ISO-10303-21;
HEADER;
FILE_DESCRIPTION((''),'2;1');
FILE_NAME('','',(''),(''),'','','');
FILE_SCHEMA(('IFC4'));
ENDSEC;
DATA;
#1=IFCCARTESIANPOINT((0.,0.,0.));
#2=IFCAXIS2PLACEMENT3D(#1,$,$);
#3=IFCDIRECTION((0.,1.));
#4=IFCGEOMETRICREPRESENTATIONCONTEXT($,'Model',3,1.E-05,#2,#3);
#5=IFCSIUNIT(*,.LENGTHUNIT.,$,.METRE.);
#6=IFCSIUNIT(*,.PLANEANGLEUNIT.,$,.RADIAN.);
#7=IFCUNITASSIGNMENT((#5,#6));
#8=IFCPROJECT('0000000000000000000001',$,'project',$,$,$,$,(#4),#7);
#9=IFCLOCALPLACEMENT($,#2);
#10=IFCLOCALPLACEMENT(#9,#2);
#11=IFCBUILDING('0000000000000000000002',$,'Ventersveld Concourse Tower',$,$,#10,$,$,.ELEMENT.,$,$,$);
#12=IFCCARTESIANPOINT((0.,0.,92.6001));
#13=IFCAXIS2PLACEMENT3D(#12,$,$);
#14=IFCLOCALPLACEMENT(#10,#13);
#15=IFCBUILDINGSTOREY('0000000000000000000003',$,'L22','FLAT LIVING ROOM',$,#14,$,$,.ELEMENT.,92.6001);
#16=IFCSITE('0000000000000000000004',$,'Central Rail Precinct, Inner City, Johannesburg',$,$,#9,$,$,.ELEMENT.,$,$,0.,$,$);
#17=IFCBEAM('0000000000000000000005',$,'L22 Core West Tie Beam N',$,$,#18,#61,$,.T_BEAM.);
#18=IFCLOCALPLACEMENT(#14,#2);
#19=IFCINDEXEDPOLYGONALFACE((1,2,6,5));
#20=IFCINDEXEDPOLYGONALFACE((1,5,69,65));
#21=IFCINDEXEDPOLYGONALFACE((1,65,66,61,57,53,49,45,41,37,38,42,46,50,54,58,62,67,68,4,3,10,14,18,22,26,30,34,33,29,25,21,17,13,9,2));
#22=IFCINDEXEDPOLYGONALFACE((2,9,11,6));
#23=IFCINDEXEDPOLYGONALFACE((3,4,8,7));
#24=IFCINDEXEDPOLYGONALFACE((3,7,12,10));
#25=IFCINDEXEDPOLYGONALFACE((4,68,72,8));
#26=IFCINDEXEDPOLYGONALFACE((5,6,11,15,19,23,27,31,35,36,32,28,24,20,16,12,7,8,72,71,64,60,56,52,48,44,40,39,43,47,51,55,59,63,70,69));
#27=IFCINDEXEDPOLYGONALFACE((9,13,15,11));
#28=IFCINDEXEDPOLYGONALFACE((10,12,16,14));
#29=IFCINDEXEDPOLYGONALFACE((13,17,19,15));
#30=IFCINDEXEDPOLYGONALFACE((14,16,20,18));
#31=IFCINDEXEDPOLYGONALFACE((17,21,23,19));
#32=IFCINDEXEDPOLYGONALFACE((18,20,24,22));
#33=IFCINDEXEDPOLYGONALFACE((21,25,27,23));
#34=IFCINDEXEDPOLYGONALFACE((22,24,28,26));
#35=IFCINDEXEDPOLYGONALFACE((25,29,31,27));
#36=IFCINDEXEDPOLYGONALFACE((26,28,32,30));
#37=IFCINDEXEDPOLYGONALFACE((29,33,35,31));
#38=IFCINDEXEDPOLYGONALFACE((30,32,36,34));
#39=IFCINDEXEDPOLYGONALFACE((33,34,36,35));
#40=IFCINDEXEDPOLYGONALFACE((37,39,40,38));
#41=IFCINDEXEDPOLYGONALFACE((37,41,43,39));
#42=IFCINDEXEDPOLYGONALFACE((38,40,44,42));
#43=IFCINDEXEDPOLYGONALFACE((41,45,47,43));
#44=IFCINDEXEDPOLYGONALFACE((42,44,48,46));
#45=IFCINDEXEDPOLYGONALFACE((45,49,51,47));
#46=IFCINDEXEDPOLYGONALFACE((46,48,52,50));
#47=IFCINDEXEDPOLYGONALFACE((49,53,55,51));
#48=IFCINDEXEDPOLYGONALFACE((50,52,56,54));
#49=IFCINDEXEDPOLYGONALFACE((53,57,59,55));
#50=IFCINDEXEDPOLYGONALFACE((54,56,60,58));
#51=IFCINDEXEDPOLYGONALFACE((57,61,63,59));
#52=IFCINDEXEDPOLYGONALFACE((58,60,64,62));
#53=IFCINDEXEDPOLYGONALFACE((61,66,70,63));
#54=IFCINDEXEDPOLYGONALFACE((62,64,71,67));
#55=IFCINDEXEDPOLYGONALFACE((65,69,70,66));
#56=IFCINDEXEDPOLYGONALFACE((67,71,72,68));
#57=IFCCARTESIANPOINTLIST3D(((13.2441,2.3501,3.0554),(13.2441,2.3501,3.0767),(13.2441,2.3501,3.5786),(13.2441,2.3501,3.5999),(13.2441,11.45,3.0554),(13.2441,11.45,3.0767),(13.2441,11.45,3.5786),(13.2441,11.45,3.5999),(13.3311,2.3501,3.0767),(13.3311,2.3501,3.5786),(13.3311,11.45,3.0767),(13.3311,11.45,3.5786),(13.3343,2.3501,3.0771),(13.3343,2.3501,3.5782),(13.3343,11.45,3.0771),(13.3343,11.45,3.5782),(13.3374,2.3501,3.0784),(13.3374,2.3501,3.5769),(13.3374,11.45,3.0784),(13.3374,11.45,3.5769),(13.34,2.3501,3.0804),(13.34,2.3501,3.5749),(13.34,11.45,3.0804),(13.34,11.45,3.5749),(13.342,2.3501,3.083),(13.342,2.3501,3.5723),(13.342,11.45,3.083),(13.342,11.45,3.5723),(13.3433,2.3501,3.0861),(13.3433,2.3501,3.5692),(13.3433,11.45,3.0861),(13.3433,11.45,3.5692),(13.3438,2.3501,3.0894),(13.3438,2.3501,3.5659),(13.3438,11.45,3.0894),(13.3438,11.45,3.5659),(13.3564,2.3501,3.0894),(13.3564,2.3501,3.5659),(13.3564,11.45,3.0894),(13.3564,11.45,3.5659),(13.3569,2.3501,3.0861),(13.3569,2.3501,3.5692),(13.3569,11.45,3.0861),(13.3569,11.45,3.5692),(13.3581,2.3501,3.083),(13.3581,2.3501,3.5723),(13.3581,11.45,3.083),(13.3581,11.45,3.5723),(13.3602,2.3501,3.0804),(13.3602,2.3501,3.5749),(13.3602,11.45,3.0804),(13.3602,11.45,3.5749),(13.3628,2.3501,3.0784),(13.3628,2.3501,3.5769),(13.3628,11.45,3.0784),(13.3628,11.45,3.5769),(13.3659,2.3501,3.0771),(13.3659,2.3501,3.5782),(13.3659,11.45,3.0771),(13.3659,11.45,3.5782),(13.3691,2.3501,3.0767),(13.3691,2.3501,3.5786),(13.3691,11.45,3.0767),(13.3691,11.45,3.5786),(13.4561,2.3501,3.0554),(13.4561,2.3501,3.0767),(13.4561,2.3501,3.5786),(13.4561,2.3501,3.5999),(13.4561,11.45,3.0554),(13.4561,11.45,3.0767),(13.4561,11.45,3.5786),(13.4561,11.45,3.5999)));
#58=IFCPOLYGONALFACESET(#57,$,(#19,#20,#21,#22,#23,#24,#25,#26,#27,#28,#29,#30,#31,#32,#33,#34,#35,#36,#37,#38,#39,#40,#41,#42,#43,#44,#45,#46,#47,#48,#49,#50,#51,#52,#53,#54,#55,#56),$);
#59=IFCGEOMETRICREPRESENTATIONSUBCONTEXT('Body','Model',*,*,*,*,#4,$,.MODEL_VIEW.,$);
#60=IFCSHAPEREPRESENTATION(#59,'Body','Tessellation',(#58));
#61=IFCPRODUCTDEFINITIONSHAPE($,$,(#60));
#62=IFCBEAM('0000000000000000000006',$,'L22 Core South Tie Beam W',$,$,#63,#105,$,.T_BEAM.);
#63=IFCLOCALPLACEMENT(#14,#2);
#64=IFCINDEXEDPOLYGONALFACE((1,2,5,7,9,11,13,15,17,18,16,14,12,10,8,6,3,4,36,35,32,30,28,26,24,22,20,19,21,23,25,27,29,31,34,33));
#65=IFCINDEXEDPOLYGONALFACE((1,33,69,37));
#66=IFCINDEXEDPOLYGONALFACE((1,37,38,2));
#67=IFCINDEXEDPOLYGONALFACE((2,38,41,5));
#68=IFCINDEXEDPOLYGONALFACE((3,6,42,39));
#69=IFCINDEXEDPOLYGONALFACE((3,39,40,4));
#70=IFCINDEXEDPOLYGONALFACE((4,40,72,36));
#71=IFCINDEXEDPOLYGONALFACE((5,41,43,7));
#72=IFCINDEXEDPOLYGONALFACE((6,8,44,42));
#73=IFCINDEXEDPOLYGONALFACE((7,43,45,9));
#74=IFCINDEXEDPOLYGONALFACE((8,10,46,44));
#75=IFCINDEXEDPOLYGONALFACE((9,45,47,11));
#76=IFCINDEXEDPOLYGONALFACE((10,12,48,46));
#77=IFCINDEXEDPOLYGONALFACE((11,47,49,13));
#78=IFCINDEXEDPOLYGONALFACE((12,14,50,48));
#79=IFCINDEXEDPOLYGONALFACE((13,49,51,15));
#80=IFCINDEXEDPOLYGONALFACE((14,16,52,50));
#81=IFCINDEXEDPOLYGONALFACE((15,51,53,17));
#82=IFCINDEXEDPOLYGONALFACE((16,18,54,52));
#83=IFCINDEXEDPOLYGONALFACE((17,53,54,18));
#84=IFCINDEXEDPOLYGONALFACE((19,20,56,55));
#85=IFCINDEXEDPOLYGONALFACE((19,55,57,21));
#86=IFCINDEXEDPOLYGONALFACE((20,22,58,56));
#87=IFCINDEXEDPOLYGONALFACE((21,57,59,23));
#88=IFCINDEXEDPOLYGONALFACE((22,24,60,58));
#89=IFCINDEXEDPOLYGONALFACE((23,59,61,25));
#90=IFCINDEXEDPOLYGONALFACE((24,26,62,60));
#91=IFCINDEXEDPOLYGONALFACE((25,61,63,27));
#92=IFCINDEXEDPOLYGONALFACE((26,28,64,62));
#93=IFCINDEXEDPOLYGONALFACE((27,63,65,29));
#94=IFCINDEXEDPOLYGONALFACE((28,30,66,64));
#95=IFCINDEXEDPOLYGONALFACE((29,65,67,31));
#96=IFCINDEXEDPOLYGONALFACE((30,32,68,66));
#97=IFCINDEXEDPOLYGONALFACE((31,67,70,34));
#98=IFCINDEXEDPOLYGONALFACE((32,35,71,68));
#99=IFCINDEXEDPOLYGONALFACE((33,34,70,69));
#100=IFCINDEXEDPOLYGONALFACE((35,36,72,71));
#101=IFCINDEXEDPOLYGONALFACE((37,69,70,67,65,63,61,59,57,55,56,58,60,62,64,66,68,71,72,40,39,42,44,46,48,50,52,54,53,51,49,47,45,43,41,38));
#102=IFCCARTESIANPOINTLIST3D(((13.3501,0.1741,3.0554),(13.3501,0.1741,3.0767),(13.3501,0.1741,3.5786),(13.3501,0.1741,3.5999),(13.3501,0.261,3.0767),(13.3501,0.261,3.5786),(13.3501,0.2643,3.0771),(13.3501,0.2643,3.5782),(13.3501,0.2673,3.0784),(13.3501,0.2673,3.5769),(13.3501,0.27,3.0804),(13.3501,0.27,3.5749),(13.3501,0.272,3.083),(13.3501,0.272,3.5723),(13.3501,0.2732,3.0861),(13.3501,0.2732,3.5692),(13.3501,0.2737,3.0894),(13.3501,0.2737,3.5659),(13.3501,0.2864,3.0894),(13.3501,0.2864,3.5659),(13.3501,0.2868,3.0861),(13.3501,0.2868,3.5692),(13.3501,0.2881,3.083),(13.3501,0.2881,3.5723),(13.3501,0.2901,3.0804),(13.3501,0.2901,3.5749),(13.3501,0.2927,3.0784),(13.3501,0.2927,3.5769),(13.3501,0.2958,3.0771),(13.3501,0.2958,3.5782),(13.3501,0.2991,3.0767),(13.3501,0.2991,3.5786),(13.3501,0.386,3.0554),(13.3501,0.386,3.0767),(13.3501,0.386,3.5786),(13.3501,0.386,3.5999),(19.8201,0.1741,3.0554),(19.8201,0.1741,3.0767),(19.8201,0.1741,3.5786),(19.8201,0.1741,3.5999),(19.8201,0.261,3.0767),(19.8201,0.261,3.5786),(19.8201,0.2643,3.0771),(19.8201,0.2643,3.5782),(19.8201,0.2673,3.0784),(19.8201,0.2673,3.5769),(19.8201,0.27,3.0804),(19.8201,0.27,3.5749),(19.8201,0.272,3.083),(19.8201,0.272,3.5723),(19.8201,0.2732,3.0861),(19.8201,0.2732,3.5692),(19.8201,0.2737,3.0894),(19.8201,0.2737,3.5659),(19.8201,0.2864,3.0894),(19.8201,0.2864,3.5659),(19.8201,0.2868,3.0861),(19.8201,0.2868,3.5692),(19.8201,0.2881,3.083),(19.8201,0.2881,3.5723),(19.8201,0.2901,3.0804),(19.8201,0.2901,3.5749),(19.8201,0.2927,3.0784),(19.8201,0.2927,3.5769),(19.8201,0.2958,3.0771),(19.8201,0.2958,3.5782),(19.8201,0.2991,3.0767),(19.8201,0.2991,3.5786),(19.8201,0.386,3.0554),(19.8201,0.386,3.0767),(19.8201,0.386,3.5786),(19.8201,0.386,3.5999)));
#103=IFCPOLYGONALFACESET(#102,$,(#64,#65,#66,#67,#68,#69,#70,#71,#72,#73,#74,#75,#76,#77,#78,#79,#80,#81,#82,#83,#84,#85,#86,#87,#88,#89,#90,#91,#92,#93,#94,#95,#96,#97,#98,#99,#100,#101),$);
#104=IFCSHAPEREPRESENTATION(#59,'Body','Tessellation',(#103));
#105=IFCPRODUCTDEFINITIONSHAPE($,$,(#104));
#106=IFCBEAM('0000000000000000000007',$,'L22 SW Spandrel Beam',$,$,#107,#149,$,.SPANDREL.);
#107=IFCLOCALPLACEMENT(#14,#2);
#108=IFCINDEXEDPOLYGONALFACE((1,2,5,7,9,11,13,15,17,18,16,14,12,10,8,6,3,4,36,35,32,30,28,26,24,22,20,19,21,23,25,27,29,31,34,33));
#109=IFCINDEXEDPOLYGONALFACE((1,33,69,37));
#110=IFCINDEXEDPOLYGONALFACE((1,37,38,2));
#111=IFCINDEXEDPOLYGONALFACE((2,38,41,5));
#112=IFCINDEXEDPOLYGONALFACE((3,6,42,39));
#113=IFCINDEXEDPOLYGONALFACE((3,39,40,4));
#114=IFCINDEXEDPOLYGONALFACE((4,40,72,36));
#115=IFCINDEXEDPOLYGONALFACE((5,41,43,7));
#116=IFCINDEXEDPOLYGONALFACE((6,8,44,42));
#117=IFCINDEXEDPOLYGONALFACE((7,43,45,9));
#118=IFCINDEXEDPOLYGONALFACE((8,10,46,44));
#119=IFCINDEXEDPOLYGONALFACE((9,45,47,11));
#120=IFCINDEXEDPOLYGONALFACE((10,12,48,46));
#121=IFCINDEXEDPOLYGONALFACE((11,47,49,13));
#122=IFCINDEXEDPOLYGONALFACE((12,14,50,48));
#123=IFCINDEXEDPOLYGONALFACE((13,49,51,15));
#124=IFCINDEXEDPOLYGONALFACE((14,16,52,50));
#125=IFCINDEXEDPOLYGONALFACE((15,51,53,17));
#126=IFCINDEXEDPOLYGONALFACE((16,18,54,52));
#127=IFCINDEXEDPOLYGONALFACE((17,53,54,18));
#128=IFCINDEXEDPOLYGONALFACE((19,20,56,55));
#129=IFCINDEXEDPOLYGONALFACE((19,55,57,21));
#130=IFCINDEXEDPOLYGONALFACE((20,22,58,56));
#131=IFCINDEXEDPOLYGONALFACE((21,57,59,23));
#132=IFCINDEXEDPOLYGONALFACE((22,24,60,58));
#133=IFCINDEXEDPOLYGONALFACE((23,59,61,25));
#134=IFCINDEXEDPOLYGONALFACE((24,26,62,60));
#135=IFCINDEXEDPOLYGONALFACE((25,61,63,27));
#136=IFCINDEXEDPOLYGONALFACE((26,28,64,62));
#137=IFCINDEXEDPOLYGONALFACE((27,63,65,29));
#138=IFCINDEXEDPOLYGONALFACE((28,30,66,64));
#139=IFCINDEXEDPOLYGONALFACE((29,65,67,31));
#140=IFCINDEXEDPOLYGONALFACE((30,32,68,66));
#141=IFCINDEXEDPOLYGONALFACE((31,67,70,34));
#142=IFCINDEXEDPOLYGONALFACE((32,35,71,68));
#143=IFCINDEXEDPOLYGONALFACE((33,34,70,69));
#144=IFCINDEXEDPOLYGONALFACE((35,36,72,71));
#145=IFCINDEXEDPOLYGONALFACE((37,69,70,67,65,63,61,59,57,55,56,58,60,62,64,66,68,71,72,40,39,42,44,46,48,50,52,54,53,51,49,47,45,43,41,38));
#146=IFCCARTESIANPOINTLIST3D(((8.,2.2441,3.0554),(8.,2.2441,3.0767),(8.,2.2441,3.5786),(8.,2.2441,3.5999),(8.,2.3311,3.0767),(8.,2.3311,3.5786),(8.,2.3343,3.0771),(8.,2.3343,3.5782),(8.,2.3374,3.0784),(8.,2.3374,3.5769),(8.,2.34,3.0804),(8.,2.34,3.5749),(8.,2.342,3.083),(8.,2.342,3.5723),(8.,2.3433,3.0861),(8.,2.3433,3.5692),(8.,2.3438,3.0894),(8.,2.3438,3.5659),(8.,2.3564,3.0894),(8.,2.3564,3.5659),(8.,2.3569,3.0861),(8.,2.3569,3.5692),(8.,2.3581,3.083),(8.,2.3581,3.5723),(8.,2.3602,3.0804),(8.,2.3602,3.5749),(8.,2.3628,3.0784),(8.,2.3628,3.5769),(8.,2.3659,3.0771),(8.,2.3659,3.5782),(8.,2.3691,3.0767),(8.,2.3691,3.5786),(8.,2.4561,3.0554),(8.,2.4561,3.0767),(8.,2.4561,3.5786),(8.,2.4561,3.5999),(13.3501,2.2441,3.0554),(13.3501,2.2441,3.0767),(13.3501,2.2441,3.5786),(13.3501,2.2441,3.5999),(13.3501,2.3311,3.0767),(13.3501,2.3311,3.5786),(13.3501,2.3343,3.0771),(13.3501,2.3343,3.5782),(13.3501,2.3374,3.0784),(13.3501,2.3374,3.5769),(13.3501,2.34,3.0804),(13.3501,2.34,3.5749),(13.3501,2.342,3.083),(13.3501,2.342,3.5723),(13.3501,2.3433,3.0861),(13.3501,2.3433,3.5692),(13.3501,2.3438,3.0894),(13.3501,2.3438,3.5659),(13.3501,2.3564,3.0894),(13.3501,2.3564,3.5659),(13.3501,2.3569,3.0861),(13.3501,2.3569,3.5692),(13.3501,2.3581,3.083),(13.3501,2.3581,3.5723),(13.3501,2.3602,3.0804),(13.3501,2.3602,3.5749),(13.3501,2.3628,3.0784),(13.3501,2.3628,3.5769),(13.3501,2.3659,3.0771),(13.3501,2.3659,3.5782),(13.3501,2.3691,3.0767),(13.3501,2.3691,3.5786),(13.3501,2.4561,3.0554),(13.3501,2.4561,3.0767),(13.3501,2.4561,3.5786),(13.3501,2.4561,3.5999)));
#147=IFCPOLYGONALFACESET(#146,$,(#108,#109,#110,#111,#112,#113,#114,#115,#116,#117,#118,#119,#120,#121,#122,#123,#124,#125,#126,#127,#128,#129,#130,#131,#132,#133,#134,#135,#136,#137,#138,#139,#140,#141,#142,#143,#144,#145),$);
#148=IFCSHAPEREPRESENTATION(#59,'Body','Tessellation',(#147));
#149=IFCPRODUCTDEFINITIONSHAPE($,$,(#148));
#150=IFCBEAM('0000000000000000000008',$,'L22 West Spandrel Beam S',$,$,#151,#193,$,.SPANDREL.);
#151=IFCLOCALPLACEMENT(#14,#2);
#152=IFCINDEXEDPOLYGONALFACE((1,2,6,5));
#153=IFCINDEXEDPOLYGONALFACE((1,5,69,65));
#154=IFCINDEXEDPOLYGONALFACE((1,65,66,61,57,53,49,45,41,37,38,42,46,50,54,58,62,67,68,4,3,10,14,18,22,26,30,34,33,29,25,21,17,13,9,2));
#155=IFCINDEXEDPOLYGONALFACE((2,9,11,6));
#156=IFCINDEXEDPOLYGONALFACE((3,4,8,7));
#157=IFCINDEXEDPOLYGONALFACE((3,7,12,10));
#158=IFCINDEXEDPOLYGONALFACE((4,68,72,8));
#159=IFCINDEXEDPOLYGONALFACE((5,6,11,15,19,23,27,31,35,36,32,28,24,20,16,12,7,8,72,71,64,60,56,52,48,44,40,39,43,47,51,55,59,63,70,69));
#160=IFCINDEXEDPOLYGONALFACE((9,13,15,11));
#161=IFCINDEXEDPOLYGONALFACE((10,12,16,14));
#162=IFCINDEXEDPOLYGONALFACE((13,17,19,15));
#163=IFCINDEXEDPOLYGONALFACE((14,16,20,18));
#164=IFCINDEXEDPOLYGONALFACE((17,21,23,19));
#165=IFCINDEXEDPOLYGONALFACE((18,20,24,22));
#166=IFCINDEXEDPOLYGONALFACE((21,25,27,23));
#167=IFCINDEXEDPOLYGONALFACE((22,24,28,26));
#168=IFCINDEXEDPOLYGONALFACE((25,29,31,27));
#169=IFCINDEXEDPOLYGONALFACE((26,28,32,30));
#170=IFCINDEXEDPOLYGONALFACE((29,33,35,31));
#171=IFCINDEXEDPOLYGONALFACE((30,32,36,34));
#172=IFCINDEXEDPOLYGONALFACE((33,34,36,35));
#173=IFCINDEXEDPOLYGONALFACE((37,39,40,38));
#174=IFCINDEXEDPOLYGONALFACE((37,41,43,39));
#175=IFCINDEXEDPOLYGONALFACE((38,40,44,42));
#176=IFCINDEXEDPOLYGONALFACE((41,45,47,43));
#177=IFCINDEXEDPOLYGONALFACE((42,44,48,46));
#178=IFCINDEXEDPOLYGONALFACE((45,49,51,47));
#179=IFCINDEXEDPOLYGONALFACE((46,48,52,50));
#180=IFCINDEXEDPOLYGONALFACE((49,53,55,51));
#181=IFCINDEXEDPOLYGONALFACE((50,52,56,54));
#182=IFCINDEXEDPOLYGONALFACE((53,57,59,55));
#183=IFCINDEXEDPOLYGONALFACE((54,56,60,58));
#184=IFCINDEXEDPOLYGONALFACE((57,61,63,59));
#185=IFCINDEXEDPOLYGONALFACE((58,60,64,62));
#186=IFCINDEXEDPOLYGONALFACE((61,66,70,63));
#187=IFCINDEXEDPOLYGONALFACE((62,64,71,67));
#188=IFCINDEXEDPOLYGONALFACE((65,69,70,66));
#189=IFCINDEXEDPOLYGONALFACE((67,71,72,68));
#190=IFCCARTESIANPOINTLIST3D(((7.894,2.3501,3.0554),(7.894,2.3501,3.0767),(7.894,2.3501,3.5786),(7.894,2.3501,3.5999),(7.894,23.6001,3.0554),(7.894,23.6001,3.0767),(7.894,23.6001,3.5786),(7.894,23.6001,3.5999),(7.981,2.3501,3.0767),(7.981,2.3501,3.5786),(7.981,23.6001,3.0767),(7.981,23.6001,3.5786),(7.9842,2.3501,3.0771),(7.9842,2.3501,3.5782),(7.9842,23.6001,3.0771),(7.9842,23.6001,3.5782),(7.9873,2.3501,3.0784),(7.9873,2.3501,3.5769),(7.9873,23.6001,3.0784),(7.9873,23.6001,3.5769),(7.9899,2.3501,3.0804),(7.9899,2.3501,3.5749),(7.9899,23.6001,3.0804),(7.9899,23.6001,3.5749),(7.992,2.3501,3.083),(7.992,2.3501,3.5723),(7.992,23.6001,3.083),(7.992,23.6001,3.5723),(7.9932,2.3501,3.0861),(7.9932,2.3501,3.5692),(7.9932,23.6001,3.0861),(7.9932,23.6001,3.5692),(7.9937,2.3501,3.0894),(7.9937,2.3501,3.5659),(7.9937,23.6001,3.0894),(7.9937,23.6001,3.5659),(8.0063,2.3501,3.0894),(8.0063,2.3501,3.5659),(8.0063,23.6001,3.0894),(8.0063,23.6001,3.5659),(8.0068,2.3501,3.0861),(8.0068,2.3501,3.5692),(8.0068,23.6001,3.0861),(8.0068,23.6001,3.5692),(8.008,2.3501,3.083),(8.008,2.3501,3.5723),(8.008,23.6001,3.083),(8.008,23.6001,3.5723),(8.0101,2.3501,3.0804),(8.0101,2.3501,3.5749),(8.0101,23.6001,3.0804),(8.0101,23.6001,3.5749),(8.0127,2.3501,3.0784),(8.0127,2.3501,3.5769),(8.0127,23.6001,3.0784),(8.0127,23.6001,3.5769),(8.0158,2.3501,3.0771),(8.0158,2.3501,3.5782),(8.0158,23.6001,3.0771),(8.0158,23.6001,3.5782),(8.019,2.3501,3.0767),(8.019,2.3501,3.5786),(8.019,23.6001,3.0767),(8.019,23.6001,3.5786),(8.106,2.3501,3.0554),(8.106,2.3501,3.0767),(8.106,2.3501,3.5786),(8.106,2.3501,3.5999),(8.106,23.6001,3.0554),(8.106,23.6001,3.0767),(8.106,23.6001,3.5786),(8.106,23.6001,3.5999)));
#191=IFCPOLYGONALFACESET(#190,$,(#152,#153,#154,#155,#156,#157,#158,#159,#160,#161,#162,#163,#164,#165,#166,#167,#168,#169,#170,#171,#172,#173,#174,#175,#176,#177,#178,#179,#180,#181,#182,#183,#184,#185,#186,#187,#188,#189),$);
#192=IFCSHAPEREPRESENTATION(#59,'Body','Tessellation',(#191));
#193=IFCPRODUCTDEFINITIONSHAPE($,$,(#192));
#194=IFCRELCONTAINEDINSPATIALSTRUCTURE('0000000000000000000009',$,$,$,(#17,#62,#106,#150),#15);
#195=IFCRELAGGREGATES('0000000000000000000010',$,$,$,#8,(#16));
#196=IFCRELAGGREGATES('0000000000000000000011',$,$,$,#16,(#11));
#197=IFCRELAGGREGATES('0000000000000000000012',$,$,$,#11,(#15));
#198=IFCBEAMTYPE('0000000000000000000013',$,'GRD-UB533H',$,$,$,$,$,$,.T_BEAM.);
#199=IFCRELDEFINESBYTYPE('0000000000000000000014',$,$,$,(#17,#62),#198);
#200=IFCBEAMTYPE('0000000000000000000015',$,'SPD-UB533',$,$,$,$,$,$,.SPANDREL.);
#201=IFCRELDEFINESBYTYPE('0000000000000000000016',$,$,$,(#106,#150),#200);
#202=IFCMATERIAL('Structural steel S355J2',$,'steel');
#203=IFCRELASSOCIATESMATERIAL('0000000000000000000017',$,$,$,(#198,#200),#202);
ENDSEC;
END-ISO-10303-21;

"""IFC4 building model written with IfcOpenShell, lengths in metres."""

from ifc_helpers import new_model, si_unit, direction, frame, origin, origin_2d, place, context, subcontext, project, spatial, i_section, extrude, material, material_profile, profile_set, type_object, element, save


model = new_model("IFC4")

# Units and contexts
model_context = context("Model", 3, precision=1e-05, world=origin(), true_north=direction((0.0, 1.0)))
body_context = subcontext(model_context, "Body", "Model", "MODEL_VIEW")
ifc_project = project(units=[si_unit("LENGTHUNIT", "METRE"), si_unit("PLANEANGLEUNIT", "RADIAN")], contexts=[model_context])

# Site, building, storey
site_placement = place(None, origin())
site = spatial("IfcSite", under=ifc_project, at=site_placement, Name="Central Rail Precinct, Inner City, Johannesburg", CompositionType="ELEMENT", RefElevation=0.0)
building_placement = place(site_placement, origin())
building = spatial("IfcBuilding", under=site, at=building_placement, Name="Ventersveld Concourse Tower", CompositionType="ELEMENT")
storey_placement = place(building_placement, frame((0.0, 0.0, 92.6001)))
storey = spatial("IfcBuildingStorey", under=building, at=storey_placement, Name="L22", Description="FLAT LIVING ROOM", CompositionType="ELEMENT", Elevation=92.6001)

# Beams
ifc_material_1 = material(Name="Structural steel S355J2", Category="steel")
ifc_material_profile_1 = material_profile(ifc_material_1, i_section(OverallWidth=0.2119, OverallDepth=0.5444, WebThickness=0.0127, FlangeThickness=0.0212, FilletRadius=0.0127, at=origin_2d()), Name="UB 533x210x122")
ifc_profile_set_1 = profile_set([ifc_material_profile_1], Name="Structural steel S355J2")
beam_type_1 = type_object("IfcBeamType", Name="GRD-UB533H", PredefinedType="T_BEAM", material=ifc_profile_set_1)
beam_1_placement = place(storey_placement, frame((13.3501, 2.3501, 3.3276), z_axis=(0.0, 1.0, 0.0), x_axis=(-1.0, 0.0, 0.0)))
element("IfcBeam", 1, at=beam_1_placement, inside=storey, type_object=beam_type_1, Name="L22 Core West Tie Beam N", PredefinedType="T_BEAM", context=body_context, shape_type="SweptSolid", body=[
    extrude(i_section(OverallWidth=0.2119, OverallDepth=0.5444, WebThickness=0.0127, FlangeThickness=0.0212, FilletRadius=0.0127, at=origin_2d()), origin(), (0.0, 0.0, 1.0), 9.0999),
])
beam_2_placement = place(storey_placement, frame((13.3501, 0.28, 3.3276), z_axis=(1.0, 0.0, 0.0), x_axis=(0.0, 1.0, 0.0)))
element("IfcBeam", 2, at=beam_2_placement, inside=storey, type_object=beam_type_1, Name="L22 Core South Tie Beam W", PredefinedType="T_BEAM", context=body_context, shape_type="SweptSolid", body=[
    extrude(i_section(OverallWidth=0.2119, OverallDepth=0.5444, WebThickness=0.0127, FlangeThickness=0.0212, FilletRadius=0.0127, at=origin_2d()), origin(), (0.0, 0.0, 1.0), 6.47),
])
ifc_material_profile_2 = material_profile(ifc_material_1, i_section(OverallWidth=0.2119, OverallDepth=0.5444, WebThickness=0.0127, FlangeThickness=0.0212, FilletRadius=0.0127, at=origin_2d()), Name="UB 533x210x122")
ifc_profile_set_2 = profile_set([ifc_material_profile_2], Name="Structural steel S355J2")
beam_type_2 = type_object("IfcBeamType", Name="SPD-UB533", PredefinedType="SPANDREL", material=ifc_profile_set_2)
beam_3_placement = place(storey_placement, frame((8.0, 2.3501, 3.3276), z_axis=(1.0, 0.0, 0.0), x_axis=(0.0, 1.0, 0.0)))
element("IfcBeam", 3, at=beam_3_placement, inside=storey, type_object=beam_type_2, Name="L22 SW Spandrel Beam", PredefinedType="SPANDREL", context=body_context, shape_type="SweptSolid", body=[
    extrude(i_section(OverallWidth=0.2119, OverallDepth=0.5444, WebThickness=0.0127, FlangeThickness=0.0212, FilletRadius=0.0127, at=origin_2d()), origin(), (0.0, 0.0, 1.0), 5.3501),
])
beam_4_placement = place(storey_placement, frame((8.0, 2.3501, 3.3276), z_axis=(0.0, 1.0, 0.0), x_axis=(-1.0, 0.0, 0.0)))
element("IfcBeam", 4, at=beam_4_placement, inside=storey, type_object=beam_type_2, Name="L22 West Spandrel Beam S", PredefinedType="SPANDREL", context=body_context, shape_type="SweptSolid", body=[
    extrude(i_section(OverallWidth=0.2119, OverallDepth=0.5444, WebThickness=0.0127, FlangeThickness=0.0212, FilletRadius=0.0127, at=origin_2d()), origin(), (0.0, 0.0, 1.0), 21.25),
])

save(model, "model.ifc")
